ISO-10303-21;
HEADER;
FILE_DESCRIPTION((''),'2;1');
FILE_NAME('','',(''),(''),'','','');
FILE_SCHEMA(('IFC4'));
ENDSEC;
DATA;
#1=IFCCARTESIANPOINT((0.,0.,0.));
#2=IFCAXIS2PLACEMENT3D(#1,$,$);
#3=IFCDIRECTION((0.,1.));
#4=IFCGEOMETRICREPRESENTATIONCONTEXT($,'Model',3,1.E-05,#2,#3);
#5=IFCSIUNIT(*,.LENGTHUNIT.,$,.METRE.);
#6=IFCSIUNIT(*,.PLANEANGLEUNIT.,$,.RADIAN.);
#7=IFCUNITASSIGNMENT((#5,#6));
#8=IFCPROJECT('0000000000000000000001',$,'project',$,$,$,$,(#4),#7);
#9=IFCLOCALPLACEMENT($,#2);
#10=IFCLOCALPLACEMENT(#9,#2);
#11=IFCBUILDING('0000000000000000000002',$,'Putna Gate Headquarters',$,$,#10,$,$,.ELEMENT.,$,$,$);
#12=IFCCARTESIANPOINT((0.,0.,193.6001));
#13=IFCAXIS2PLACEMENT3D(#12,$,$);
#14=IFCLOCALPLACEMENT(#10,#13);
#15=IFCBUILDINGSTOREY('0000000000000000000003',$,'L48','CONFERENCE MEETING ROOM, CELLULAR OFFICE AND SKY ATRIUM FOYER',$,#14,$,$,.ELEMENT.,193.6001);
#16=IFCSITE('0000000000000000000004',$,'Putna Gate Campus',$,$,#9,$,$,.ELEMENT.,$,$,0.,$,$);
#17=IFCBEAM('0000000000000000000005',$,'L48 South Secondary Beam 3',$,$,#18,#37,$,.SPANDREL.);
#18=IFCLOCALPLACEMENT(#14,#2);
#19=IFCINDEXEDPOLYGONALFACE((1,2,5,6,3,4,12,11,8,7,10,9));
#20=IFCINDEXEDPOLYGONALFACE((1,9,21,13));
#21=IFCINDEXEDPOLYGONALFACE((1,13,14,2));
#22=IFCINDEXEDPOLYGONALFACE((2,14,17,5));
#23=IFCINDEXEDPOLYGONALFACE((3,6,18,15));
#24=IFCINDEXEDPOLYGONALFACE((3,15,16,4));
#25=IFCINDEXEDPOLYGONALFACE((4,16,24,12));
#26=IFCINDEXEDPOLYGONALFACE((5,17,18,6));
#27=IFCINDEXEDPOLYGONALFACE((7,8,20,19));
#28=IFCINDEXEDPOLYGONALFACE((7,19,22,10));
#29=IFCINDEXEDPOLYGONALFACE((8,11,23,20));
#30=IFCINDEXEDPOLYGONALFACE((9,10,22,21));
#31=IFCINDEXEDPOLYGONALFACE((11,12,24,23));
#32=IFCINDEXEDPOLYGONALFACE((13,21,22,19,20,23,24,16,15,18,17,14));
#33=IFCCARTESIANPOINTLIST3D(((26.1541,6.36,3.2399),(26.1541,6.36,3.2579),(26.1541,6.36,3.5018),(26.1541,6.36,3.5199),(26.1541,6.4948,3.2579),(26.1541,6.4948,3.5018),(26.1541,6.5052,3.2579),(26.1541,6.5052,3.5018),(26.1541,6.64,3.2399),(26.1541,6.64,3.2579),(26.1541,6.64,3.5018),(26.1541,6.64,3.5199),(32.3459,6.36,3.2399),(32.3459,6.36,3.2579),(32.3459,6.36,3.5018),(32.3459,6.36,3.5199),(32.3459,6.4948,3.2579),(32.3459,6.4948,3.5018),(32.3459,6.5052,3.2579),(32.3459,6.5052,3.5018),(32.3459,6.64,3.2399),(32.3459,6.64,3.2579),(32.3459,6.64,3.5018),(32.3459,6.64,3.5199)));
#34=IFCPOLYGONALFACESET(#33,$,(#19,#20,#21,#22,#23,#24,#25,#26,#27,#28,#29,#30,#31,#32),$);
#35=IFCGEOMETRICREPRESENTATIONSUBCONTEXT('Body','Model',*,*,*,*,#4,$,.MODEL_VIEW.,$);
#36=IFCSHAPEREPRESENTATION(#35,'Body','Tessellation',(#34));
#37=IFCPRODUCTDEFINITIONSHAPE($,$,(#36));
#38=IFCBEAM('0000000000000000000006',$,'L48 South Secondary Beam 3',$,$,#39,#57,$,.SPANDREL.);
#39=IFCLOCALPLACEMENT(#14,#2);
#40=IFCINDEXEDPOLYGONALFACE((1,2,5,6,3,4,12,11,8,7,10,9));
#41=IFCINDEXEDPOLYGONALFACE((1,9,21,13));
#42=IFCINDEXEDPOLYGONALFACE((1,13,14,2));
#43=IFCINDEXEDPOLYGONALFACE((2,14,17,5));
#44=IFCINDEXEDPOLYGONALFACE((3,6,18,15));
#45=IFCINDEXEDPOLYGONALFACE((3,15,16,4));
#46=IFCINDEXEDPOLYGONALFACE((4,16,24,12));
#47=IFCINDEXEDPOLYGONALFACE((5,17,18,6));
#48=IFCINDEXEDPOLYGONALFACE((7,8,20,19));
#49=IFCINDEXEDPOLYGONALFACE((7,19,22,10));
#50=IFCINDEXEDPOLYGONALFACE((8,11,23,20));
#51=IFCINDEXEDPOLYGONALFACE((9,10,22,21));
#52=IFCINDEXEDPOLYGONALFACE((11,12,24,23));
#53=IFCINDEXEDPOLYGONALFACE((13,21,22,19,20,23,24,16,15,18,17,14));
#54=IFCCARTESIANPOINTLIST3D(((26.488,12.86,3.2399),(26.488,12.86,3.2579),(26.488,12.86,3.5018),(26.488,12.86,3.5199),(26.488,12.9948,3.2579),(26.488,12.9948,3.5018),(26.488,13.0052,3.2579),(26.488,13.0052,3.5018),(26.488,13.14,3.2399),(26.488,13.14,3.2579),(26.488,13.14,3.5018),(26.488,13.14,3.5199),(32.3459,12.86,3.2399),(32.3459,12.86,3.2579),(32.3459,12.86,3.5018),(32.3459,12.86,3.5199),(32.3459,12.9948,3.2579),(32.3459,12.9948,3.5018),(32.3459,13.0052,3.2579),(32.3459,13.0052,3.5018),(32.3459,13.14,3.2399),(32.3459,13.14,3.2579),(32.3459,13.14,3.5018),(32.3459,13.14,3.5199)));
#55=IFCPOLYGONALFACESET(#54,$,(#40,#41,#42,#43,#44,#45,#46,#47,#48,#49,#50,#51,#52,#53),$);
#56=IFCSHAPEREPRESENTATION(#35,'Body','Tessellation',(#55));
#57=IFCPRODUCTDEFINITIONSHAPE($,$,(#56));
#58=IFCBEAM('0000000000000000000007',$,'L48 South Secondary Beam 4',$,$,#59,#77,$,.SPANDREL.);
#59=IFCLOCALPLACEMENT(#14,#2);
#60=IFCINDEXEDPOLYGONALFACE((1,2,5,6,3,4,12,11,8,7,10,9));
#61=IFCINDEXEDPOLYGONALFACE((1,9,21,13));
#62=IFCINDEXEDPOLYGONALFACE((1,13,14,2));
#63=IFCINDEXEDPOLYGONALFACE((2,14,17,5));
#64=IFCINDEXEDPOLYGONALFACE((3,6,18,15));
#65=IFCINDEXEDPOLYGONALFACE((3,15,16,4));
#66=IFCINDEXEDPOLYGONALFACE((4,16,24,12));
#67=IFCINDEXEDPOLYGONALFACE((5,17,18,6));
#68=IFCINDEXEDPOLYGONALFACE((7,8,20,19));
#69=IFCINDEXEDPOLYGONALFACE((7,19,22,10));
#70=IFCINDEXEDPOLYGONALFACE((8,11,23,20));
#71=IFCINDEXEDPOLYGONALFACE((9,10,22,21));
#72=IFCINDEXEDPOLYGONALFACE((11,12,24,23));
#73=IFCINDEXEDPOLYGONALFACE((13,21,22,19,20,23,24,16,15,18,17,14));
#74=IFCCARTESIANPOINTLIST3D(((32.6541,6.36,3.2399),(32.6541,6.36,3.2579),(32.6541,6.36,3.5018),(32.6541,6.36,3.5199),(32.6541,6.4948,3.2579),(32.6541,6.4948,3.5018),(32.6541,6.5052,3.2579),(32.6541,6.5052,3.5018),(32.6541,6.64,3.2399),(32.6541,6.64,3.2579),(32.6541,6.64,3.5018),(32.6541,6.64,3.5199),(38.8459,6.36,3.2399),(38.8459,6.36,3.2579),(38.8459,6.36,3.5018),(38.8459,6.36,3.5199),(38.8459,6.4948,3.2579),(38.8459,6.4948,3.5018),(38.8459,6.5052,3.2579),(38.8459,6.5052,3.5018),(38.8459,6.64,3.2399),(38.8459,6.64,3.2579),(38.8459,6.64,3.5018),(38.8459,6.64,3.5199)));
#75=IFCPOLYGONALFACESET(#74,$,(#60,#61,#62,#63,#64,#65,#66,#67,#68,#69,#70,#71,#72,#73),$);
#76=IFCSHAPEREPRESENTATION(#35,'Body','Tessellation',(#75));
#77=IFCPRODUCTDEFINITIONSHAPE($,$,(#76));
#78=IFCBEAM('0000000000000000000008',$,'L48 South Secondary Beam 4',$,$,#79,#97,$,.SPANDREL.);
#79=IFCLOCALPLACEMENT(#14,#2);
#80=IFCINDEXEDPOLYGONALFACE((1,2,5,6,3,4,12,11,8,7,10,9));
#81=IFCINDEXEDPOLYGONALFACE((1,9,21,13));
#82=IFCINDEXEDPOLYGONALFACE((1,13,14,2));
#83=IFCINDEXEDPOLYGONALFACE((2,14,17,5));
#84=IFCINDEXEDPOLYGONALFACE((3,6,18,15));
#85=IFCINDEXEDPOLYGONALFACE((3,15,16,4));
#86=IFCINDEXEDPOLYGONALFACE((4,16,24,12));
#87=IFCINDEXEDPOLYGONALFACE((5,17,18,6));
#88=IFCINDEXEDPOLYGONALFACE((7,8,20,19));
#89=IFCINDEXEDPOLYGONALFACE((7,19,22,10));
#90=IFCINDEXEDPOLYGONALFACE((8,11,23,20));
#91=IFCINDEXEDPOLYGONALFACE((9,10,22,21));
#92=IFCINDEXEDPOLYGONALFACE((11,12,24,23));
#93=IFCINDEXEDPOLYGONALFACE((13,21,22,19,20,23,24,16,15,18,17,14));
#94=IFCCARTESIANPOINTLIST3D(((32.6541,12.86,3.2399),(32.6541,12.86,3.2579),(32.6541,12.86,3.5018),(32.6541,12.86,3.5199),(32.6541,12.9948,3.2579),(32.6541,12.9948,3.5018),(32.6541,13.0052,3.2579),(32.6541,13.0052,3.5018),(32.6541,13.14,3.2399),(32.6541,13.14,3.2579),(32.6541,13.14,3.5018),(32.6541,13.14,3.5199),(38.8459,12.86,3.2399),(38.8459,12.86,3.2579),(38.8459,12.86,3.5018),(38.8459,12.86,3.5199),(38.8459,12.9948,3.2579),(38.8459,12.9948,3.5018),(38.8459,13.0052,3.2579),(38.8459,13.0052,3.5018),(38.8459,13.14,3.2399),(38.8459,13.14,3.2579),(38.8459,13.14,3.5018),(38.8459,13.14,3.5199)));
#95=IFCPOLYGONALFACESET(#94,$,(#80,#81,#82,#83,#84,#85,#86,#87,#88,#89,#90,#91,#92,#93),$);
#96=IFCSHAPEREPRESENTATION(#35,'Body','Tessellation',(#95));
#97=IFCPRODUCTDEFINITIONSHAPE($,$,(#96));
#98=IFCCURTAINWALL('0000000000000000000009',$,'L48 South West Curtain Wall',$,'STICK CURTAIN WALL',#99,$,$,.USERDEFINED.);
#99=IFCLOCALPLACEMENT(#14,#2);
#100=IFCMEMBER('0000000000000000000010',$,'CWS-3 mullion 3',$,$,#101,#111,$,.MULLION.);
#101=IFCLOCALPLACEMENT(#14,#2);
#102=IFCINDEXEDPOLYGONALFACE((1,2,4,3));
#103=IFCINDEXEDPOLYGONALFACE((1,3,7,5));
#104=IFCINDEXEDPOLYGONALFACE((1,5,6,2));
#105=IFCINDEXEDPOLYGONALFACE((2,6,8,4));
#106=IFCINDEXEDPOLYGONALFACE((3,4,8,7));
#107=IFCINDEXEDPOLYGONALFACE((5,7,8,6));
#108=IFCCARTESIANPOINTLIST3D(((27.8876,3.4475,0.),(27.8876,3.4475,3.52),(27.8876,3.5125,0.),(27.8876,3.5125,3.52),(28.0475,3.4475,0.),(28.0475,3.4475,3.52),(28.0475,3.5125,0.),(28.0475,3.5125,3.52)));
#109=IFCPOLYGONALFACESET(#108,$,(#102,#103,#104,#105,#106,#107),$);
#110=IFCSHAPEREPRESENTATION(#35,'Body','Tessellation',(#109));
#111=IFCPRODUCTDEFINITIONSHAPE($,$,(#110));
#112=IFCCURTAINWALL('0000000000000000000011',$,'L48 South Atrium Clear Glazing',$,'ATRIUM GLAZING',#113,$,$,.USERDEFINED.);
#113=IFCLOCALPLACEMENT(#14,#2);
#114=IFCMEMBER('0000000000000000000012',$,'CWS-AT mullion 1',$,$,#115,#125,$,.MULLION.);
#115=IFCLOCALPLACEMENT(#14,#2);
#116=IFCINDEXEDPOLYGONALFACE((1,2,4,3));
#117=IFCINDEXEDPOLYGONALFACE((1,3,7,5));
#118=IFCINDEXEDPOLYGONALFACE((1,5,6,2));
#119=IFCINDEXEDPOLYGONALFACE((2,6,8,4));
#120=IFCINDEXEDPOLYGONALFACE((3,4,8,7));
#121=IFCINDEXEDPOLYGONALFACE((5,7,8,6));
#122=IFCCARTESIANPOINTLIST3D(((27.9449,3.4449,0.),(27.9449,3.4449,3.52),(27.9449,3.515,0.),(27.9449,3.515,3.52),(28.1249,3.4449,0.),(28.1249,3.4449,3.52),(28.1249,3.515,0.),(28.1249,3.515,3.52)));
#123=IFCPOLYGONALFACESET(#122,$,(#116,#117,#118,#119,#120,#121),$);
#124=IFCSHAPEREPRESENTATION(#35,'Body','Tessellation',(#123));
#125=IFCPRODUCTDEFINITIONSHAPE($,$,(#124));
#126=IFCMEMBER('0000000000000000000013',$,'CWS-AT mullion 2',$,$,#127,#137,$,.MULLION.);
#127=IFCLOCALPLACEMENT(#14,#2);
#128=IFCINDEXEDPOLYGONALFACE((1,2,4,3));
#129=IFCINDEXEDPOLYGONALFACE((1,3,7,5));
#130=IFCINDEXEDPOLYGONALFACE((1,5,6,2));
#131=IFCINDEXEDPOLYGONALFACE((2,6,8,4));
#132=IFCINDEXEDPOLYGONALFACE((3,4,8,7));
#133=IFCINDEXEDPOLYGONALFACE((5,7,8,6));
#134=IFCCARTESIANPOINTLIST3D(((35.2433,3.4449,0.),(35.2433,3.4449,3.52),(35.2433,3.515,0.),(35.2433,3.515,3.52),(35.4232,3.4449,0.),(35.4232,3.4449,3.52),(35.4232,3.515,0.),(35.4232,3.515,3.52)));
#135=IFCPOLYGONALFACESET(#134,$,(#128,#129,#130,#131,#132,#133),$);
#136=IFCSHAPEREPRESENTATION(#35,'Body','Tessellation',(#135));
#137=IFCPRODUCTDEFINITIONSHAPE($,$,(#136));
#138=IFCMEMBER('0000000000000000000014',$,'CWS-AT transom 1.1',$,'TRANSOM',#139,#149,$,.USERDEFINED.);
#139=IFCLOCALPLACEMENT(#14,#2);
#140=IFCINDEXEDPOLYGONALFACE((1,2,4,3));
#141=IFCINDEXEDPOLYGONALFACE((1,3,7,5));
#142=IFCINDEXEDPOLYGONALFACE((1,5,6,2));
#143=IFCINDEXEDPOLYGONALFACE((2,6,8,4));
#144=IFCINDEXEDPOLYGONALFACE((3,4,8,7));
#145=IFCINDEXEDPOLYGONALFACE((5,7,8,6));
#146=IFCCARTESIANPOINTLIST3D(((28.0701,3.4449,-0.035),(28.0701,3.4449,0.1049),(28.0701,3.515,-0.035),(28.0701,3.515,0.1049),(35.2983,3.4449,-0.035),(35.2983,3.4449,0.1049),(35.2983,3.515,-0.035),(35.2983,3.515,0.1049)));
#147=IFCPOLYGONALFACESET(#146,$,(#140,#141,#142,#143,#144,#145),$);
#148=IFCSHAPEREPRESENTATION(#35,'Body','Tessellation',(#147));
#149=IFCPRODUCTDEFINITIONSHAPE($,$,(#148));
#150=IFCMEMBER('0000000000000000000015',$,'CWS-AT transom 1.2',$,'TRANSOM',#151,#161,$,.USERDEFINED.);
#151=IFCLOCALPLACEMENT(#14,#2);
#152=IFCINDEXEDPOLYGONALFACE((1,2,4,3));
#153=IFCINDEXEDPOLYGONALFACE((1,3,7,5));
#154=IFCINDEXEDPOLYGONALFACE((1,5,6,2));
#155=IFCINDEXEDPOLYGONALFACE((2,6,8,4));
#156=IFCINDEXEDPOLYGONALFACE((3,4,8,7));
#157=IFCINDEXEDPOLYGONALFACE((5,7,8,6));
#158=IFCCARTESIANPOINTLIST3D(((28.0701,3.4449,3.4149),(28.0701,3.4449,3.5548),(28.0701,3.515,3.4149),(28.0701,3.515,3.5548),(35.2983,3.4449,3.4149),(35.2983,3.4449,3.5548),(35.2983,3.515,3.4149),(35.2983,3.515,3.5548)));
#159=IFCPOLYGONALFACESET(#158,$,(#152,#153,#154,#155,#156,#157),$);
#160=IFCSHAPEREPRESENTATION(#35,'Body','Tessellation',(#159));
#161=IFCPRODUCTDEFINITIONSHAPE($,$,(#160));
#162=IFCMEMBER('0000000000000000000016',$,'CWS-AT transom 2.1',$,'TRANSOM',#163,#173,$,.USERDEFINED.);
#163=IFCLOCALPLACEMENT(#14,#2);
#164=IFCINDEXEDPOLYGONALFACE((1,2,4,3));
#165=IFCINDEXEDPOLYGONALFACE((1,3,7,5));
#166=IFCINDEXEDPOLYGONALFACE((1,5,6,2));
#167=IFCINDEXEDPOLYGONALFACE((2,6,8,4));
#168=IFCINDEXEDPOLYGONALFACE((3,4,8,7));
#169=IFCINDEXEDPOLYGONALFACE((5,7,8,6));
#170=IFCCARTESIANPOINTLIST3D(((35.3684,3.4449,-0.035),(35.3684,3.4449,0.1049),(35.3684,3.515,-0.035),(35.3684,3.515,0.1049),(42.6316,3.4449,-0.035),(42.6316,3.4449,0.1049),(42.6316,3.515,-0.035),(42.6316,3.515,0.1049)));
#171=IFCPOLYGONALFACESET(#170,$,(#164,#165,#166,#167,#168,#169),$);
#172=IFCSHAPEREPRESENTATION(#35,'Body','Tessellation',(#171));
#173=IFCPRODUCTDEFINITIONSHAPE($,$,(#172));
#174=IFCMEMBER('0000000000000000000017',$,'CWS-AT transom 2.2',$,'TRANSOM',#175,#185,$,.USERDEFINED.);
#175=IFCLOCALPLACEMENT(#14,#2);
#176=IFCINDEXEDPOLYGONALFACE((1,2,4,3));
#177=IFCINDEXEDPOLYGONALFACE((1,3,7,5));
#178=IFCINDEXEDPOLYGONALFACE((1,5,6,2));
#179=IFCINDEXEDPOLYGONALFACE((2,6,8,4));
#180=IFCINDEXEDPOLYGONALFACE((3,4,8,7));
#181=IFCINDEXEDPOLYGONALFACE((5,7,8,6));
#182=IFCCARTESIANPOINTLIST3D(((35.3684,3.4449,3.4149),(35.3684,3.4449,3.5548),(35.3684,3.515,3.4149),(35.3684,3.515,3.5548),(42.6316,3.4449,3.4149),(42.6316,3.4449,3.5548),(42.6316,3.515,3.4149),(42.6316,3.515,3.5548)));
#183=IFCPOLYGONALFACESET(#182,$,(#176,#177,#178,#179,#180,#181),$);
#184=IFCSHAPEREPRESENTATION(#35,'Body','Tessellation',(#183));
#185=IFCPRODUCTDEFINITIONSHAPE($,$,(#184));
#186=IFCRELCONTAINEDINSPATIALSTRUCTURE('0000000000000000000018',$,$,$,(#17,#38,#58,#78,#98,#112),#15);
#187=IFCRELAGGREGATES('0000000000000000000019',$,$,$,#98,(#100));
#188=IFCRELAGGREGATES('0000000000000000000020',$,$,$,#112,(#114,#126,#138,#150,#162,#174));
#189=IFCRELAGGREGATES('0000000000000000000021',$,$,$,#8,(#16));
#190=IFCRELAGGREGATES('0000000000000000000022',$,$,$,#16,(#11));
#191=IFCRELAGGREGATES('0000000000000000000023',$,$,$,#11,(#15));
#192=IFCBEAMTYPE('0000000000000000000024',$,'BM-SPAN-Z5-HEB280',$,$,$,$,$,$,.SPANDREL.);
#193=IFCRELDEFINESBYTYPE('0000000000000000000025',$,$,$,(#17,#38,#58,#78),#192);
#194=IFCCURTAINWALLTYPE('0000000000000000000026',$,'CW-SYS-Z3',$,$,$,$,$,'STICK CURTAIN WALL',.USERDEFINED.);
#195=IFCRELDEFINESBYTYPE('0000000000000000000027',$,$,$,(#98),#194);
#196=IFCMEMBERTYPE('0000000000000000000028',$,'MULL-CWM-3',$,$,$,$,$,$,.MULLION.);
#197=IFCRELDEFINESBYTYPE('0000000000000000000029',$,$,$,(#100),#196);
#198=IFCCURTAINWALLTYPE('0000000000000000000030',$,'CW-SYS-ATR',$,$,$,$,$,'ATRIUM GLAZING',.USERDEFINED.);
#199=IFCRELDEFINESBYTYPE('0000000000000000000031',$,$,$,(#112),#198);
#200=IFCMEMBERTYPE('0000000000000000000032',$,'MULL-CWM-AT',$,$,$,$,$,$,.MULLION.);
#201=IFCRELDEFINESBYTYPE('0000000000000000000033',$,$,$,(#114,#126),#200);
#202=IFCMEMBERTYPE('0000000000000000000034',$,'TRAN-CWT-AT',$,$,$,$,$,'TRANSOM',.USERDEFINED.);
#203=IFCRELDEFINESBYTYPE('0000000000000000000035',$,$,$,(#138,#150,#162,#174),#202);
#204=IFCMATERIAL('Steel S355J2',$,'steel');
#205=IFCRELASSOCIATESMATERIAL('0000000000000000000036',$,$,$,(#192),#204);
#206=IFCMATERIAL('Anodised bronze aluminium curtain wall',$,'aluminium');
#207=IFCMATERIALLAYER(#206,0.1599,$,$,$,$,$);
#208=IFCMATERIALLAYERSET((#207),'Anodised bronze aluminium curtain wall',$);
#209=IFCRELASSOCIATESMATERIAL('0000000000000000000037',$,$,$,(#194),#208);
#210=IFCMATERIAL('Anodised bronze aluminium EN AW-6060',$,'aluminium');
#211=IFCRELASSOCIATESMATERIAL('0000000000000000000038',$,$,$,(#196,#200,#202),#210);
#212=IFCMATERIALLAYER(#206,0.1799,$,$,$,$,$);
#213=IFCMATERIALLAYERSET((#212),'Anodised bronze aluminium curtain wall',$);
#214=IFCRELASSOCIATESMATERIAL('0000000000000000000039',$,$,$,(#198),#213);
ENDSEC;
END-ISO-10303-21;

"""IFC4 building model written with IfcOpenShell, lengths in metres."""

from ifc_helpers import new_model, si_unit, direction, frame, origin, origin_2d, place, context, subcontext, project, spatial, rectangle, i_section, extrude, material, layer, layer_set, material_profile, profile_set, type_object, element, aggregate, save


model = new_model("IFC4")

# Units and contexts
model_context = context("Model", 3, precision=1e-05, world=origin(), true_north=direction((0.0, 1.0)))
body_context = subcontext(model_context, "Body", "Model", "MODEL_VIEW")
ifc_project = project(units=[si_unit("LENGTHUNIT", "METRE"), si_unit("PLANEANGLEUNIT", "RADIAN")], contexts=[model_context])

# Site, building, storey
site_placement = place(None, origin())
site = spatial("IfcSite", under=ifc_project, at=site_placement, Name="Putna Gate Campus", CompositionType="ELEMENT", RefElevation=0.0)
building_placement = place(site_placement, origin())
building = spatial("IfcBuilding", under=site, at=building_placement, Name="Putna Gate Headquarters", CompositionType="ELEMENT")
storey_placement = place(building_placement, frame((0.0, 0.0, 193.6001)))
storey = spatial("IfcBuildingStorey", under=building, at=storey_placement, Name="L48", Description="CONFERENCE MEETING ROOM, CELLULAR OFFICE AND SKY ATRIUM FOYER", CompositionType="ELEMENT", Elevation=193.6001)

# Beams
ifc_material_1 = material(Name="Steel S355J2", Category="steel")
ifc_material_profile_1 = material_profile(ifc_material_1, i_section(OverallWidth=0.28, OverallDepth=0.28, WebThickness=0.0105, FlangeThickness=0.0181, at=origin_2d()), Name="Steel S355J2")
ifc_profile_set_1 = profile_set([ifc_material_profile_1], Name="Steel S355J2")
beam_type_1 = type_object("IfcBeamType", Name="BM-SPAN-Z5-HEB280", PredefinedType="SPANDREL", material=ifc_profile_set_1)
beam_1_placement = place(storey_placement, frame((26.1541, 6.5, 3.3799), z_axis=(1.0, 0.0, 0.0), x_axis=(0.0, 1.0, 0.0)))
element("IfcBeam", 1, at=beam_1_placement, inside=storey, type_object=beam_type_1, Name="L48 South Secondary Beam 3", PredefinedType="SPANDREL", context=body_context, shape_type="SweptSolid", body=[
    extrude(i_section(OverallWidth=0.28, OverallDepth=0.28, WebThickness=0.0105, FlangeThickness=0.0181, at=origin_2d()), origin(), (0.0, 0.0, 1.0), 6.1919),
])
beam_2_placement = place(storey_placement, frame((26.488, 13.0, 3.3799), z_axis=(1.0, 0.0, 0.0), x_axis=(0.0, 1.0, 0.0)))
element("IfcBeam", 2, at=beam_2_placement, inside=storey, type_object=beam_type_1, Name="L48 South Secondary Beam 3", PredefinedType="SPANDREL", context=body_context, shape_type="SweptSolid", body=[
    extrude(i_section(OverallWidth=0.28, OverallDepth=0.28, WebThickness=0.0105, FlangeThickness=0.0181, at=origin_2d()), origin(), (0.0, 0.0, 1.0), 5.8579),
])
for number, where, z_axis, x_axis, name in (
    (3, (32.6541, 6.5, 3.3799), (1.0, 0.0, 0.0), (0.0, 1.0, 0.0), "L48 South Secondary Beam 4"),
    (4, (32.6541, 13.0, 3.3799), (1.0, 0.0, 0.0), (0.0, 1.0, 0.0), "L48 South Secondary Beam 4"),
):
    element("IfcBeam", number, at=place(storey_placement, frame(where, z_axis=z_axis, x_axis=x_axis)), inside=storey, type_object=beam_type_1, Name=name, PredefinedType="SPANDREL", context=body_context, shape_type="SweptSolid", body=[
        extrude(i_section(OverallWidth=0.28, OverallDepth=0.28, WebThickness=0.0105, FlangeThickness=0.0181, at=origin_2d()), origin(), (0.0, 0.0, 1.0), 6.1919),
    ])

# Curtain wall, member
ifc_material_2 = material(Name="Anodised bronze aluminium curtain wall", Category="aluminium")
ifc_layer_1 = layer(ifc_material_2, 0.1599)
ifc_layer_set_1 = layer_set([ifc_layer_1], Name="Anodised bronze aluminium curtain wall")
curtain_wall_type_1 = type_object("IfcCurtainWallType", Name="CW-SYS-Z3", ElementType="STICK CURTAIN WALL", PredefinedType="USERDEFINED", material=ifc_layer_set_1)
curtain_wall_1_placement = place(storey_placement, origin())
curtain_wall_1 = element("IfcCurtainWall", 5, at=curtain_wall_1_placement, inside=storey, type_object=curtain_wall_type_1, Name="L48 South West Curtain Wall", ObjectType="STICK CURTAIN WALL", PredefinedType="USERDEFINED")
ifc_material_3 = material(Name="Anodised bronze aluminium EN AW-6060", Category="aluminium")
ifc_material_profile_2 = material_profile(ifc_material_3, rectangle(XDim=0.0649, YDim=0.1599, at=origin_2d()), Name="Anodised bronze aluminium EN AW-6060")
ifc_profile_set_2 = profile_set([ifc_material_profile_2], Name="Anodised bronze aluminium EN AW-6060")
member_type_1 = type_object("IfcMemberType", Name="MULL-CWM-3", PredefinedType="MULLION", material=ifc_profile_set_2)
member_1_placement = place(storey_placement, frame((27.9675, 3.48, 0.0), z_axis=(0.0, 0.0, 1.0), x_axis=(0.0, 1.0, 0.0)))
member_1 = element("IfcMember", 6, at=member_1_placement, type_object=member_type_1, Name="CWS-3 mullion 3", PredefinedType="MULLION", context=body_context, shape_type="SweptSolid", body=[
    extrude(rectangle(XDim=0.0649, YDim=0.1599, at=origin_2d()), origin(), (0.0, 0.0, 1.0), 3.52),
])
aggregate(curtain_wall_1, [member_1])

# Curtain wall, members
ifc_layer_2 = layer(ifc_material_2, 0.1799)
ifc_layer_set_2 = layer_set([ifc_layer_2], Name="Anodised bronze aluminium curtain wall")
curtain_wall_type_2 = type_object("IfcCurtainWallType", Name="CW-SYS-ATR", ElementType="ATRIUM GLAZING", PredefinedType="USERDEFINED", material=ifc_layer_set_2)
curtain_wall_2_placement = place(storey_placement, origin())
curtain_wall_2 = element("IfcCurtainWall", 7, at=curtain_wall_2_placement, inside=storey, type_object=curtain_wall_type_2, Name="L48 South Atrium Clear Glazing", ObjectType="ATRIUM GLAZING", PredefinedType="USERDEFINED")
ifc_material_profile_3 = material_profile(ifc_material_3, rectangle(XDim=0.0701, YDim=0.1799, at=origin_2d()), Name="Anodised bronze aluminium EN AW-6060")
ifc_profile_set_3 = profile_set([ifc_material_profile_3], Name="Anodised bronze aluminium EN AW-6060")
member_type_2 = type_object("IfcMemberType", Name="MULL-CWM-AT", PredefinedType="MULLION", material=ifc_profile_set_3)
member_2_placement = place(storey_placement, frame((28.0349, 3.48, 0.0), z_axis=(0.0, 0.0, 1.0), x_axis=(0.0, 1.0, 0.0)))
member_2 = element("IfcMember", 8, at=member_2_placement, type_object=member_type_2, Name="CWS-AT mullion 1", PredefinedType="MULLION", context=body_context, shape_type="SweptSolid", body=[
    extrude(rectangle(XDim=0.0701, YDim=0.1799, at=origin_2d()), origin(), (0.0, 0.0, 1.0), 3.52),
])
member_3_placement = place(storey_placement, frame((35.3333, 3.48, 0.0), z_axis=(0.0, 0.0, 1.0), x_axis=(0.0, 1.0, 0.0)))
member_3 = element("IfcMember", 9, at=member_3_placement, type_object=member_type_2, Name="CWS-AT mullion 2", PredefinedType="MULLION", context=body_context, shape_type="SweptSolid", body=[
    extrude(rectangle(XDim=0.0701, YDim=0.1799, at=origin_2d()), origin(), (0.0, 0.0, 1.0), 3.52),
])
ifc_material_profile_4 = material_profile(ifc_material_3, rectangle(XDim=0.0701, YDim=0.1399, at=origin_2d()), Name="Anodised bronze aluminium EN AW-6060")
ifc_profile_set_4 = profile_set([ifc_material_profile_4], Name="Anodised bronze aluminium EN AW-6060")
member_type_3 = type_object("IfcMemberType", Name="TRAN-CWT-AT", ElementType="TRANSOM", PredefinedType="USERDEFINED", material=ifc_profile_set_4)
member_4_placement = place(storey_placement, frame((28.0701, 3.48, 0.0349), z_axis=(1.0, 0.0, 0.0), x_axis=(0.0, 1.0, 0.0)))
member_4 = element("IfcMember", 10, at=member_4_placement, type_object=member_type_3, Name="CWS-AT transom 1.1", ObjectType="TRANSOM", PredefinedType="USERDEFINED", context=body_context, shape_type="SweptSolid", body=[
    extrude(rectangle(XDim=0.0701, YDim=0.1399, at=origin_2d()), origin(), (0.0, 0.0, 1.0), 7.2283),
])
member_5_placement = place(storey_placement, frame((28.0701, 3.48, 3.4849), z_axis=(1.0, 0.0, 0.0), x_axis=(0.0, 1.0, 0.0)))
member_5 = element("IfcMember", 11, at=member_5_placement, type_object=member_type_3, Name="CWS-AT transom 1.2", ObjectType="TRANSOM", PredefinedType="USERDEFINED", context=body_context, shape_type="SweptSolid", body=[
    extrude(rectangle(XDim=0.0701, YDim=0.1399, at=origin_2d()), origin(), (0.0, 0.0, 1.0), 7.2283),
])
member_6_placement = place(storey_placement, frame((35.3684, 3.48, 0.0349), z_axis=(1.0, 0.0, 0.0), x_axis=(0.0, 1.0, 0.0)))
member_6 = element("IfcMember", 12, at=member_6_placement, type_object=member_type_3, Name="CWS-AT transom 2.1", ObjectType="TRANSOM", PredefinedType="USERDEFINED", context=body_context, shape_type="SweptSolid", body=[
    extrude(rectangle(XDim=0.0701, YDim=0.1399, at=origin_2d()), origin(), (0.0, 0.0, 1.0), 7.2632),
])
member_7_placement = place(storey_placement, frame((35.3684, 3.48, 3.4849), z_axis=(1.0, 0.0, 0.0), x_axis=(0.0, 1.0, 0.0)))
member_7 = element("IfcMember", 13, at=member_7_placement, type_object=member_type_3, Name="CWS-AT transom 2.2", ObjectType="TRANSOM", PredefinedType="USERDEFINED", context=body_context, shape_type="SweptSolid", body=[
    extrude(rectangle(XDim=0.0701, YDim=0.1399, at=origin_2d()), origin(), (0.0, 0.0, 1.0), 7.2632),
])
aggregate(curtain_wall_2, [member_2, member_3, member_4, member_5, member_6, member_7])

save(model, "model.ifc")
